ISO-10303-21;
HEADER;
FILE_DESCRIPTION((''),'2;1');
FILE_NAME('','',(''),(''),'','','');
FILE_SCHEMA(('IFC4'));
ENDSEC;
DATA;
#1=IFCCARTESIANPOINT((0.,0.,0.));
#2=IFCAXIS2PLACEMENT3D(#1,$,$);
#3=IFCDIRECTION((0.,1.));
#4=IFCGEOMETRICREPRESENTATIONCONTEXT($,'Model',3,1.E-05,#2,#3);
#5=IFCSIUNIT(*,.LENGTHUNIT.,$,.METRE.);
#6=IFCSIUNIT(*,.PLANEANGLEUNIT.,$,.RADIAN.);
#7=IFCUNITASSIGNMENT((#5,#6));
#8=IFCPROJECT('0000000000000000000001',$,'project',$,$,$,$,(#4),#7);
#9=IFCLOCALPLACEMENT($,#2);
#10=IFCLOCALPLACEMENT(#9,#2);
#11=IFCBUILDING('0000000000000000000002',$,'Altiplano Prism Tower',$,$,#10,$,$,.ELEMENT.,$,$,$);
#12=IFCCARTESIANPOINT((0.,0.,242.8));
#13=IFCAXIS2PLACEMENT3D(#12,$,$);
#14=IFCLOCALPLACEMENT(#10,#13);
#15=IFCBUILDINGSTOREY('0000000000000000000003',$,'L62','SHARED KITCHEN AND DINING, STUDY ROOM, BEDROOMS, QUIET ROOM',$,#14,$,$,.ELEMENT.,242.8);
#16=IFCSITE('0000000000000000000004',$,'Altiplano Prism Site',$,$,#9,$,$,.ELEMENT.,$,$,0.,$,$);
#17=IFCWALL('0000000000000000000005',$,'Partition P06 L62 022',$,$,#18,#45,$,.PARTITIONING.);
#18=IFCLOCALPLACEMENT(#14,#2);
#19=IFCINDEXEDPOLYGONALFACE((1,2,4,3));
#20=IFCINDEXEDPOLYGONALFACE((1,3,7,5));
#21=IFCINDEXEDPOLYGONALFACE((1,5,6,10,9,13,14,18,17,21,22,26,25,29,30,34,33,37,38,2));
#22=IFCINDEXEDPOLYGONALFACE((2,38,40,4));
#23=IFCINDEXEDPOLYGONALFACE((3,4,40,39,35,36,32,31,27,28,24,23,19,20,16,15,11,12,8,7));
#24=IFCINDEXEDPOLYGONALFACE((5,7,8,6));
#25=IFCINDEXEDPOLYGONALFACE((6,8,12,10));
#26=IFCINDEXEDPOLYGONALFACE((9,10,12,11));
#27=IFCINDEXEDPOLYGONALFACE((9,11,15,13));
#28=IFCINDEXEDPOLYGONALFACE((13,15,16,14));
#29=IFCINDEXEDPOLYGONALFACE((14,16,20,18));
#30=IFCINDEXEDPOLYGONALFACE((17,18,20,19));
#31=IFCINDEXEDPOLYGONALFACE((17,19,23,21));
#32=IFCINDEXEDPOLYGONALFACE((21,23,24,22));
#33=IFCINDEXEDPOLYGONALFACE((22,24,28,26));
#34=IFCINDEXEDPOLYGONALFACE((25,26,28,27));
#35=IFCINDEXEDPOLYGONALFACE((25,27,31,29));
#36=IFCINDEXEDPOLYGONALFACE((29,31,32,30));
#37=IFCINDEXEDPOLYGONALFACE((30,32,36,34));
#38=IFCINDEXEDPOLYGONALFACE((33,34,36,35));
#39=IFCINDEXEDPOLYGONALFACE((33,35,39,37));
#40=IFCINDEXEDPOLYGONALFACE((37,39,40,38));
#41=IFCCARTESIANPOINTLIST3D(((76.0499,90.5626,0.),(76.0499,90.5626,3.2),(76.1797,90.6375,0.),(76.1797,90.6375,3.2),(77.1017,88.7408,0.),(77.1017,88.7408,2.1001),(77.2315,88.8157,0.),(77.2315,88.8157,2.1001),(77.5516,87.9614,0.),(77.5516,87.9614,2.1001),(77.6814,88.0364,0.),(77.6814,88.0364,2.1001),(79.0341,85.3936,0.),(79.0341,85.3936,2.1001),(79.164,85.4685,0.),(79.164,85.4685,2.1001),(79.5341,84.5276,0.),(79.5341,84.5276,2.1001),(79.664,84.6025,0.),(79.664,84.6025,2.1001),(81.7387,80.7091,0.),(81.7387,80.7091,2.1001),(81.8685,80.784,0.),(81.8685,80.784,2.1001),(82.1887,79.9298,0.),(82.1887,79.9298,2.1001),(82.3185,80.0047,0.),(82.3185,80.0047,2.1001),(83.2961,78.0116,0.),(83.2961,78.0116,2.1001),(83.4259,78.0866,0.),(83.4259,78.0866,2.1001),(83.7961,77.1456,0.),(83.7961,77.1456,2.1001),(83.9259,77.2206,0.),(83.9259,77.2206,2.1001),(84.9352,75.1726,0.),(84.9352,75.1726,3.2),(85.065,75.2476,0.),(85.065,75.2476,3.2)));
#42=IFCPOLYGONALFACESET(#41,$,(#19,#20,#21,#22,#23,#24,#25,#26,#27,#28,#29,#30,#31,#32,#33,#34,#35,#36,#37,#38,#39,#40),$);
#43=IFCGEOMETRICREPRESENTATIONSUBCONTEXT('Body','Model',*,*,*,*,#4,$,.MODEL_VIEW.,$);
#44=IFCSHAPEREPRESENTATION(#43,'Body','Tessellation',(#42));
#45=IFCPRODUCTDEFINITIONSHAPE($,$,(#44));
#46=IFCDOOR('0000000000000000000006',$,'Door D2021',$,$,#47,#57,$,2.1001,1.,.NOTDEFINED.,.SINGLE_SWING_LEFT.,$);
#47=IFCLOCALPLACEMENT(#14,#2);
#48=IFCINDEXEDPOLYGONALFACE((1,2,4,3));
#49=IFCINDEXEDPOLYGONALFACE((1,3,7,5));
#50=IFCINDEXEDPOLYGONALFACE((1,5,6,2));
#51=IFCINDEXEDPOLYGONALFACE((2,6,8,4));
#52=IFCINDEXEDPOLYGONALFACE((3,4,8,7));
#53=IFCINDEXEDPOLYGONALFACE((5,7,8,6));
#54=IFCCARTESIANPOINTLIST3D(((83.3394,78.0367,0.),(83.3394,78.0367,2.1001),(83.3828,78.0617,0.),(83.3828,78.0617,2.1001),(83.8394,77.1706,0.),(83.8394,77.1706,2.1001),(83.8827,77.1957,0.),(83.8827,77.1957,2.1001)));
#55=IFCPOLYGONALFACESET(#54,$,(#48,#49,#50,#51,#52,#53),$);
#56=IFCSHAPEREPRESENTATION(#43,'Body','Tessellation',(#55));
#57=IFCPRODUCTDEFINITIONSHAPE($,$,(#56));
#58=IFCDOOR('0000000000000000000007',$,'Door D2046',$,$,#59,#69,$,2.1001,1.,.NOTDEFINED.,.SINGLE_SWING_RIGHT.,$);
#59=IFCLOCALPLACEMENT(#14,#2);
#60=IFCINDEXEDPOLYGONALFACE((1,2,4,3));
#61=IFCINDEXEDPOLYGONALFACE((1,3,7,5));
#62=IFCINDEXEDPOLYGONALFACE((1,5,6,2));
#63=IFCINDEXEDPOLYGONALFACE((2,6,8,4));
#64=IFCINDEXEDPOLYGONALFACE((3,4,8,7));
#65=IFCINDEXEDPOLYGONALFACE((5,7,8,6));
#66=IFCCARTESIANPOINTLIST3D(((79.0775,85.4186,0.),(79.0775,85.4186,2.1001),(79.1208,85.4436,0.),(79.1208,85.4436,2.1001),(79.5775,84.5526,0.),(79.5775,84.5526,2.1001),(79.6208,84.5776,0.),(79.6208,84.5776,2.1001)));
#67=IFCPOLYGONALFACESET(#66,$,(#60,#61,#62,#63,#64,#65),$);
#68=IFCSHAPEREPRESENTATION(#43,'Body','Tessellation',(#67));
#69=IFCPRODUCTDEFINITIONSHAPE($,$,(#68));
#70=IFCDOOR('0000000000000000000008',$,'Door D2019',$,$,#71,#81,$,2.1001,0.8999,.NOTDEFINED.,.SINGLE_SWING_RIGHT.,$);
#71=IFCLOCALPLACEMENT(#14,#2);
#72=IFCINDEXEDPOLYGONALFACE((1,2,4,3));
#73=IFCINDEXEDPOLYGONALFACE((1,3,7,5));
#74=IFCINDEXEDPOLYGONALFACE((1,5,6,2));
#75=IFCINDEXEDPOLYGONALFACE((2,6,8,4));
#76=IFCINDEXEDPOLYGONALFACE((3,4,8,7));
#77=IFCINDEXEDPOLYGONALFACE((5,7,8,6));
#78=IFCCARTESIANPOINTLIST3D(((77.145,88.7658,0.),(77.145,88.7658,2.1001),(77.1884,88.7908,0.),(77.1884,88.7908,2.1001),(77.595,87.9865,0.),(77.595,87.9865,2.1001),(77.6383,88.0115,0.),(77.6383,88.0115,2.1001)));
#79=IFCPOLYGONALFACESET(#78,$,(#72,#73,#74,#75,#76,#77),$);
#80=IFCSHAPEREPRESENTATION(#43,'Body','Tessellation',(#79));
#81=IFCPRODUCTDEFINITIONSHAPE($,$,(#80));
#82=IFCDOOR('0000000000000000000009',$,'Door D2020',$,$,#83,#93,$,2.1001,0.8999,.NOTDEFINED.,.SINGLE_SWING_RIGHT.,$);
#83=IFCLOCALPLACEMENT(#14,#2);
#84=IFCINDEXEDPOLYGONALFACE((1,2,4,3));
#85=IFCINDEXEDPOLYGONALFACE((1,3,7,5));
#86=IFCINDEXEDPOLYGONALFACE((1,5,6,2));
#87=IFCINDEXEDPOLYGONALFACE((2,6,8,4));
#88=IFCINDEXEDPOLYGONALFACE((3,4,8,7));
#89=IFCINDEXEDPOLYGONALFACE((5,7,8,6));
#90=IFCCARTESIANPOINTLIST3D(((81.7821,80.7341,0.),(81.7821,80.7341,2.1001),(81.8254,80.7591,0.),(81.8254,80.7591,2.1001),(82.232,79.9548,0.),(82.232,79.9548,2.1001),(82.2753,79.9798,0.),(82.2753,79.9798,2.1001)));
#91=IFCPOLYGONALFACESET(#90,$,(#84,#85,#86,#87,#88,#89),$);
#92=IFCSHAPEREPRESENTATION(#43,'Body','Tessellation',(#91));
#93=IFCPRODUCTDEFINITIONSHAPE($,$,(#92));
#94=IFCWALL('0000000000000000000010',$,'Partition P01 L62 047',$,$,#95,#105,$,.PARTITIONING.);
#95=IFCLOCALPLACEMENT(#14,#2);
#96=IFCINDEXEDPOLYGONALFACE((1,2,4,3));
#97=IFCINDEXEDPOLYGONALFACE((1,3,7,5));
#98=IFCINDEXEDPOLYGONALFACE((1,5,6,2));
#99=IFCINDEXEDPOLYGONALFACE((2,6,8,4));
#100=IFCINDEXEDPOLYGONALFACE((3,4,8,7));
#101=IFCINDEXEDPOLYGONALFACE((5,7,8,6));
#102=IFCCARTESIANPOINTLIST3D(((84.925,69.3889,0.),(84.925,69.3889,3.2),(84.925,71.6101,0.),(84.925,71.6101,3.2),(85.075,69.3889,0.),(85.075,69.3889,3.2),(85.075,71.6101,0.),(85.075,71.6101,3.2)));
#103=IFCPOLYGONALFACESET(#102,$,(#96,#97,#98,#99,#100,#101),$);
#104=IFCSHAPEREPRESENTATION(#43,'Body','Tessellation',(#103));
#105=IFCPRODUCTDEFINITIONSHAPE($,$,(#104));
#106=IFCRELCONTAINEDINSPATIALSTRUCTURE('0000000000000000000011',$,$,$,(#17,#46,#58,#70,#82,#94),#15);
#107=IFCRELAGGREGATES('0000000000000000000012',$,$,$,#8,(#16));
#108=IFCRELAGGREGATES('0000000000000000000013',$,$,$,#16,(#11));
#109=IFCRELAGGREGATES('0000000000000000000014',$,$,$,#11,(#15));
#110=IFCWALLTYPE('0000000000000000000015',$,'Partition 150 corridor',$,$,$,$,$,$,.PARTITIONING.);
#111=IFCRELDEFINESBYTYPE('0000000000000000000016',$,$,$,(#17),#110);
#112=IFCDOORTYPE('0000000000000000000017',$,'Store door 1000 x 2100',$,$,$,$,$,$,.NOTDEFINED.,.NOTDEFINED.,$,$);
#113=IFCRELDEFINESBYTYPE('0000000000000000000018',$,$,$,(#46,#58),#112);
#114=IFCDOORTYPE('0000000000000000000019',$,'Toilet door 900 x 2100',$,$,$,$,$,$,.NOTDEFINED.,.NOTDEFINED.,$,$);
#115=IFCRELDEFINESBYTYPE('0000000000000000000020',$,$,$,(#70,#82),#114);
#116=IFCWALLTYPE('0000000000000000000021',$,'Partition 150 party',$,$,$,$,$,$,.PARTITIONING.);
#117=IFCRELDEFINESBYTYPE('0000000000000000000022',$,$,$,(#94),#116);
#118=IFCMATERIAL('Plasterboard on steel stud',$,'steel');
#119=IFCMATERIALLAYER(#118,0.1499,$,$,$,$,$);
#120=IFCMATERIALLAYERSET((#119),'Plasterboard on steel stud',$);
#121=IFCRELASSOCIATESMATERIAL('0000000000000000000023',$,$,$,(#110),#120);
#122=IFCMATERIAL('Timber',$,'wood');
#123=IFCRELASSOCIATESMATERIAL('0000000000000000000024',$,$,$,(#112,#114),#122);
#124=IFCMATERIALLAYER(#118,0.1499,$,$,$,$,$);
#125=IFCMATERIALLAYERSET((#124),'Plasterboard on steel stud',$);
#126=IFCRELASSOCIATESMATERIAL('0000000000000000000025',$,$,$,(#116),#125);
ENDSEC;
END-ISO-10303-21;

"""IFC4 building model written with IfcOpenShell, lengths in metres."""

from ifc_helpers import new_model, si_unit, direction, frame, frame_2d, origin, place, context, subcontext, project, spatial, rectangle, extrude, material, layer, layer_set, type_object, element, fill, save


model = new_model("IFC4")

# Units and contexts
model_context = context("Model", 3, precision=1e-05, world=origin(), true_north=direction((0.0, 1.0)))
body_context = subcontext(model_context, "Body", "Model", "MODEL_VIEW")
ifc_project = project(units=[si_unit("LENGTHUNIT", "METRE"), si_unit("PLANEANGLEUNIT", "RADIAN")], contexts=[model_context])

# Site, building, storey
site_placement = place(None, origin())
site = spatial("IfcSite", under=ifc_project, at=site_placement, Name="Altiplano Prism Site", CompositionType="ELEMENT", RefElevation=0.0)
building_placement = place(site_placement, origin())
building = spatial("IfcBuilding", under=site, at=building_placement, Name="Altiplano Prism Tower", CompositionType="ELEMENT")
storey_placement = place(building_placement, frame((0.0, 0.0, 242.8)))
storey = spatial("IfcBuildingStorey", under=building, at=storey_placement, Name="L62", Description="SHARED KITCHEN AND DINING, STUDY ROOM, BEDROOMS, QUIET ROOM", CompositionType="ELEMENT", Elevation=242.8)

# Shared definitions
ifc_material_1 = material(Name="Plasterboard on steel stud", Category="steel")
ifc_material_2 = material(Name="Timber", Category="wood")

# Wall, openings, doors
ifc_layer_1 = layer(ifc_material_1, 0.1499)
ifc_layer_set_1 = layer_set([ifc_layer_1], Name="Plasterboard on steel stud")
wall_type_1 = type_object("IfcWallType", Name="Partition 150 corridor", PredefinedType="PARTITIONING", material=ifc_layer_set_1)
wall_1_placement = place(storey_placement, frame((85.0, 75.2102, 0.0), z_axis=(0.0, 0.0, 1.0), x_axis=(-0.499996, 0.866028, 0.0)))
wall_1 = element("IfcWall", 1, at=wall_1_placement, inside=storey, type_object=wall_type_1, Name="Partition P06 L62 022", PredefinedType="PARTITIONING", context=body_context, shape_type="SweptSolid", body=[
    extrude(rectangle(XDim=17.7708, YDim=0.1499, at=frame_2d((8.8853, 0.0))), origin(), (0.0, 0.0, 1.0), 3.2),
])
opening_1_placement = place(wall_1_placement, frame((14.7671, 0.0, 0.0)))
opening_1 = element("IfcOpeningElement", 2, at=opening_1_placement, cuts=wall_1, PredefinedType="OPENING", context=body_context, shape_type="SweptSolid", body=[
    extrude(rectangle(XDim=0.8999, YDim=2.1001, at=frame_2d((0.45, 1.05))), frame((0.0, 0.0854, 0.0), z_axis=(0.0, -1.0, 0.0), x_axis=(1.0, 0.0, 0.0)), (0.0, 0.0, 1.0), 0.1709),
])
opening_2_placement = place(wall_1_placement, frame((5.4929, 0.0, 0.0)))
opening_2 = element("IfcOpeningElement", 3, at=opening_2_placement, cuts=wall_1, PredefinedType="OPENING", context=body_context, shape_type="SweptSolid", body=[
    extrude(rectangle(XDim=0.8999, YDim=2.1001, at=frame_2d((0.45, 1.05))), frame((0.0, 0.0854, 0.0), z_axis=(0.0, -1.0, 0.0), x_axis=(1.0, 0.0, 0.0)), (0.0, 0.0, 1.0), 0.1709),
])
opening_3_placement = place(wall_1_placement, frame((2.2781, 0.0, 0.0)))
opening_3 = element("IfcOpeningElement", 4, at=opening_3_placement, cuts=wall_1, PredefinedType="OPENING", context=body_context, shape_type="SweptSolid", body=[
    extrude(rectangle(XDim=1.0, YDim=2.1001, at=frame_2d((0.5, 1.05))), frame((0.0, 0.0854, 0.0), z_axis=(0.0, -1.0, 0.0), x_axis=(1.0, 0.0, 0.0)), (0.0, 0.0, 1.0), 0.1709),
])
opening_4_placement = place(wall_1_placement, frame((10.802, 0.0, 0.0)))
opening_4 = element("IfcOpeningElement", 5, at=opening_4_placement, cuts=wall_1, PredefinedType="OPENING", context=body_context, shape_type="SweptSolid", body=[
    extrude(rectangle(XDim=1.0, YDim=2.1001, at=frame_2d((0.5, 1.05))), frame((0.0, 0.0854, 0.0), z_axis=(0.0, -1.0, 0.0), x_axis=(1.0, 0.0, 0.0)), (0.0, 0.0, 1.0), 0.1709),
])
door_type_1 = type_object("IfcDoorType", Name="Store door 1000 x 2100", OperationType="NOTDEFINED", PredefinedType="NOTDEFINED", material=ifc_material_2)
door_1_placement = place(opening_3_placement, origin())
door_1 = element("IfcDoor", 6, at=door_1_placement, inside=storey, type_object=door_type_1, Name="Door D2021", OperationType="SINGLE_SWING_LEFT", OverallHeight=2.1001, OverallWidth=1.0, PredefinedType="NOTDEFINED", context=body_context, shape_type="SweptSolid", body=[
    extrude(rectangle(XDim=1.0, YDim=2.1001, at=frame_2d((0.5, 1.05))), frame((0.0, 0.0249, 0.0), z_axis=(0.0, -1.0, 0.0), x_axis=(1.0, 0.0, 0.0)), (0.0, 0.0, 1.0), 0.05),
])
fill(opening_3, door_1)
door_2_placement = place(opening_4_placement, origin())
door_2 = element("IfcDoor", 7, at=door_2_placement, inside=storey, type_object=door_type_1, Name="Door D2046", OperationType="SINGLE_SWING_RIGHT", OverallHeight=2.1001, OverallWidth=1.0, PredefinedType="NOTDEFINED", context=body_context, shape_type="SweptSolid", body=[
    extrude(rectangle(XDim=1.0, YDim=2.1001, at=frame_2d((0.5, 1.05))), frame((0.0, 0.0249, 0.0), z_axis=(0.0, -1.0, 0.0), x_axis=(1.0, 0.0, 0.0)), (0.0, 0.0, 1.0), 0.05),
])
fill(opening_4, door_2)
door_type_2 = type_object("IfcDoorType", Name="Toilet door 900 x 2100", OperationType="NOTDEFINED", PredefinedType="NOTDEFINED", material=ifc_material_2)
door_3_placement = place(opening_1_placement, origin())
door_3 = element("IfcDoor", 8, at=door_3_placement, inside=storey, type_object=door_type_2, Name="Door D2019", OperationType="SINGLE_SWING_RIGHT", OverallHeight=2.1001, OverallWidth=0.8999, PredefinedType="NOTDEFINED", context=body_context, shape_type="SweptSolid", body=[
    extrude(rectangle(XDim=0.8999, YDim=2.1001, at=frame_2d((0.45, 1.05))), frame((0.0, 0.0249, 0.0), z_axis=(0.0, -1.0, 0.0), x_axis=(1.0, 0.0, 0.0)), (0.0, 0.0, 1.0), 0.05),
])
fill(opening_1, door_3)
door_4_placement = place(opening_2_placement, origin())
door_4 = element("IfcDoor", 9, at=door_4_placement, inside=storey, type_object=door_type_2, Name="Door D2020", OperationType="SINGLE_SWING_RIGHT", OverallHeight=2.1001, OverallWidth=0.8999, PredefinedType="NOTDEFINED", context=body_context, shape_type="SweptSolid", body=[
    extrude(rectangle(XDim=0.8999, YDim=2.1001, at=frame_2d((0.45, 1.05))), frame((0.0, 0.0249, 0.0), z_axis=(0.0, -1.0, 0.0), x_axis=(1.0, 0.0, 0.0)), (0.0, 0.0, 1.0), 0.05),
])
fill(opening_2, door_4)

# Wall
ifc_layer_2 = layer(ifc_material_1, 0.1499)
ifc_layer_set_2 = layer_set([ifc_layer_2], Name="Plasterboard on steel stud")
wall_type_2 = type_object("IfcWallType", Name="Partition 150 party", PredefinedType="PARTITIONING", material=ifc_layer_set_2)
wall_2_placement = place(storey_placement, frame((85.0, 69.3889, 0.0), z_axis=(0.0, 0.0, 1.0), x_axis=(0.0, 1.0, 0.0)))
element("IfcWall", 10, at=wall_2_placement, inside=storey, type_object=wall_type_2, Name="Partition P01 L62 047", PredefinedType="PARTITIONING", context=body_context, shape_type="SweptSolid", body=[
    extrude(rectangle(XDim=2.2212, YDim=0.1499, at=frame_2d((1.1106, 0.0))), origin(), (0.0, 0.0, 1.0), 3.2),
])

save(model, "model.ifc")
